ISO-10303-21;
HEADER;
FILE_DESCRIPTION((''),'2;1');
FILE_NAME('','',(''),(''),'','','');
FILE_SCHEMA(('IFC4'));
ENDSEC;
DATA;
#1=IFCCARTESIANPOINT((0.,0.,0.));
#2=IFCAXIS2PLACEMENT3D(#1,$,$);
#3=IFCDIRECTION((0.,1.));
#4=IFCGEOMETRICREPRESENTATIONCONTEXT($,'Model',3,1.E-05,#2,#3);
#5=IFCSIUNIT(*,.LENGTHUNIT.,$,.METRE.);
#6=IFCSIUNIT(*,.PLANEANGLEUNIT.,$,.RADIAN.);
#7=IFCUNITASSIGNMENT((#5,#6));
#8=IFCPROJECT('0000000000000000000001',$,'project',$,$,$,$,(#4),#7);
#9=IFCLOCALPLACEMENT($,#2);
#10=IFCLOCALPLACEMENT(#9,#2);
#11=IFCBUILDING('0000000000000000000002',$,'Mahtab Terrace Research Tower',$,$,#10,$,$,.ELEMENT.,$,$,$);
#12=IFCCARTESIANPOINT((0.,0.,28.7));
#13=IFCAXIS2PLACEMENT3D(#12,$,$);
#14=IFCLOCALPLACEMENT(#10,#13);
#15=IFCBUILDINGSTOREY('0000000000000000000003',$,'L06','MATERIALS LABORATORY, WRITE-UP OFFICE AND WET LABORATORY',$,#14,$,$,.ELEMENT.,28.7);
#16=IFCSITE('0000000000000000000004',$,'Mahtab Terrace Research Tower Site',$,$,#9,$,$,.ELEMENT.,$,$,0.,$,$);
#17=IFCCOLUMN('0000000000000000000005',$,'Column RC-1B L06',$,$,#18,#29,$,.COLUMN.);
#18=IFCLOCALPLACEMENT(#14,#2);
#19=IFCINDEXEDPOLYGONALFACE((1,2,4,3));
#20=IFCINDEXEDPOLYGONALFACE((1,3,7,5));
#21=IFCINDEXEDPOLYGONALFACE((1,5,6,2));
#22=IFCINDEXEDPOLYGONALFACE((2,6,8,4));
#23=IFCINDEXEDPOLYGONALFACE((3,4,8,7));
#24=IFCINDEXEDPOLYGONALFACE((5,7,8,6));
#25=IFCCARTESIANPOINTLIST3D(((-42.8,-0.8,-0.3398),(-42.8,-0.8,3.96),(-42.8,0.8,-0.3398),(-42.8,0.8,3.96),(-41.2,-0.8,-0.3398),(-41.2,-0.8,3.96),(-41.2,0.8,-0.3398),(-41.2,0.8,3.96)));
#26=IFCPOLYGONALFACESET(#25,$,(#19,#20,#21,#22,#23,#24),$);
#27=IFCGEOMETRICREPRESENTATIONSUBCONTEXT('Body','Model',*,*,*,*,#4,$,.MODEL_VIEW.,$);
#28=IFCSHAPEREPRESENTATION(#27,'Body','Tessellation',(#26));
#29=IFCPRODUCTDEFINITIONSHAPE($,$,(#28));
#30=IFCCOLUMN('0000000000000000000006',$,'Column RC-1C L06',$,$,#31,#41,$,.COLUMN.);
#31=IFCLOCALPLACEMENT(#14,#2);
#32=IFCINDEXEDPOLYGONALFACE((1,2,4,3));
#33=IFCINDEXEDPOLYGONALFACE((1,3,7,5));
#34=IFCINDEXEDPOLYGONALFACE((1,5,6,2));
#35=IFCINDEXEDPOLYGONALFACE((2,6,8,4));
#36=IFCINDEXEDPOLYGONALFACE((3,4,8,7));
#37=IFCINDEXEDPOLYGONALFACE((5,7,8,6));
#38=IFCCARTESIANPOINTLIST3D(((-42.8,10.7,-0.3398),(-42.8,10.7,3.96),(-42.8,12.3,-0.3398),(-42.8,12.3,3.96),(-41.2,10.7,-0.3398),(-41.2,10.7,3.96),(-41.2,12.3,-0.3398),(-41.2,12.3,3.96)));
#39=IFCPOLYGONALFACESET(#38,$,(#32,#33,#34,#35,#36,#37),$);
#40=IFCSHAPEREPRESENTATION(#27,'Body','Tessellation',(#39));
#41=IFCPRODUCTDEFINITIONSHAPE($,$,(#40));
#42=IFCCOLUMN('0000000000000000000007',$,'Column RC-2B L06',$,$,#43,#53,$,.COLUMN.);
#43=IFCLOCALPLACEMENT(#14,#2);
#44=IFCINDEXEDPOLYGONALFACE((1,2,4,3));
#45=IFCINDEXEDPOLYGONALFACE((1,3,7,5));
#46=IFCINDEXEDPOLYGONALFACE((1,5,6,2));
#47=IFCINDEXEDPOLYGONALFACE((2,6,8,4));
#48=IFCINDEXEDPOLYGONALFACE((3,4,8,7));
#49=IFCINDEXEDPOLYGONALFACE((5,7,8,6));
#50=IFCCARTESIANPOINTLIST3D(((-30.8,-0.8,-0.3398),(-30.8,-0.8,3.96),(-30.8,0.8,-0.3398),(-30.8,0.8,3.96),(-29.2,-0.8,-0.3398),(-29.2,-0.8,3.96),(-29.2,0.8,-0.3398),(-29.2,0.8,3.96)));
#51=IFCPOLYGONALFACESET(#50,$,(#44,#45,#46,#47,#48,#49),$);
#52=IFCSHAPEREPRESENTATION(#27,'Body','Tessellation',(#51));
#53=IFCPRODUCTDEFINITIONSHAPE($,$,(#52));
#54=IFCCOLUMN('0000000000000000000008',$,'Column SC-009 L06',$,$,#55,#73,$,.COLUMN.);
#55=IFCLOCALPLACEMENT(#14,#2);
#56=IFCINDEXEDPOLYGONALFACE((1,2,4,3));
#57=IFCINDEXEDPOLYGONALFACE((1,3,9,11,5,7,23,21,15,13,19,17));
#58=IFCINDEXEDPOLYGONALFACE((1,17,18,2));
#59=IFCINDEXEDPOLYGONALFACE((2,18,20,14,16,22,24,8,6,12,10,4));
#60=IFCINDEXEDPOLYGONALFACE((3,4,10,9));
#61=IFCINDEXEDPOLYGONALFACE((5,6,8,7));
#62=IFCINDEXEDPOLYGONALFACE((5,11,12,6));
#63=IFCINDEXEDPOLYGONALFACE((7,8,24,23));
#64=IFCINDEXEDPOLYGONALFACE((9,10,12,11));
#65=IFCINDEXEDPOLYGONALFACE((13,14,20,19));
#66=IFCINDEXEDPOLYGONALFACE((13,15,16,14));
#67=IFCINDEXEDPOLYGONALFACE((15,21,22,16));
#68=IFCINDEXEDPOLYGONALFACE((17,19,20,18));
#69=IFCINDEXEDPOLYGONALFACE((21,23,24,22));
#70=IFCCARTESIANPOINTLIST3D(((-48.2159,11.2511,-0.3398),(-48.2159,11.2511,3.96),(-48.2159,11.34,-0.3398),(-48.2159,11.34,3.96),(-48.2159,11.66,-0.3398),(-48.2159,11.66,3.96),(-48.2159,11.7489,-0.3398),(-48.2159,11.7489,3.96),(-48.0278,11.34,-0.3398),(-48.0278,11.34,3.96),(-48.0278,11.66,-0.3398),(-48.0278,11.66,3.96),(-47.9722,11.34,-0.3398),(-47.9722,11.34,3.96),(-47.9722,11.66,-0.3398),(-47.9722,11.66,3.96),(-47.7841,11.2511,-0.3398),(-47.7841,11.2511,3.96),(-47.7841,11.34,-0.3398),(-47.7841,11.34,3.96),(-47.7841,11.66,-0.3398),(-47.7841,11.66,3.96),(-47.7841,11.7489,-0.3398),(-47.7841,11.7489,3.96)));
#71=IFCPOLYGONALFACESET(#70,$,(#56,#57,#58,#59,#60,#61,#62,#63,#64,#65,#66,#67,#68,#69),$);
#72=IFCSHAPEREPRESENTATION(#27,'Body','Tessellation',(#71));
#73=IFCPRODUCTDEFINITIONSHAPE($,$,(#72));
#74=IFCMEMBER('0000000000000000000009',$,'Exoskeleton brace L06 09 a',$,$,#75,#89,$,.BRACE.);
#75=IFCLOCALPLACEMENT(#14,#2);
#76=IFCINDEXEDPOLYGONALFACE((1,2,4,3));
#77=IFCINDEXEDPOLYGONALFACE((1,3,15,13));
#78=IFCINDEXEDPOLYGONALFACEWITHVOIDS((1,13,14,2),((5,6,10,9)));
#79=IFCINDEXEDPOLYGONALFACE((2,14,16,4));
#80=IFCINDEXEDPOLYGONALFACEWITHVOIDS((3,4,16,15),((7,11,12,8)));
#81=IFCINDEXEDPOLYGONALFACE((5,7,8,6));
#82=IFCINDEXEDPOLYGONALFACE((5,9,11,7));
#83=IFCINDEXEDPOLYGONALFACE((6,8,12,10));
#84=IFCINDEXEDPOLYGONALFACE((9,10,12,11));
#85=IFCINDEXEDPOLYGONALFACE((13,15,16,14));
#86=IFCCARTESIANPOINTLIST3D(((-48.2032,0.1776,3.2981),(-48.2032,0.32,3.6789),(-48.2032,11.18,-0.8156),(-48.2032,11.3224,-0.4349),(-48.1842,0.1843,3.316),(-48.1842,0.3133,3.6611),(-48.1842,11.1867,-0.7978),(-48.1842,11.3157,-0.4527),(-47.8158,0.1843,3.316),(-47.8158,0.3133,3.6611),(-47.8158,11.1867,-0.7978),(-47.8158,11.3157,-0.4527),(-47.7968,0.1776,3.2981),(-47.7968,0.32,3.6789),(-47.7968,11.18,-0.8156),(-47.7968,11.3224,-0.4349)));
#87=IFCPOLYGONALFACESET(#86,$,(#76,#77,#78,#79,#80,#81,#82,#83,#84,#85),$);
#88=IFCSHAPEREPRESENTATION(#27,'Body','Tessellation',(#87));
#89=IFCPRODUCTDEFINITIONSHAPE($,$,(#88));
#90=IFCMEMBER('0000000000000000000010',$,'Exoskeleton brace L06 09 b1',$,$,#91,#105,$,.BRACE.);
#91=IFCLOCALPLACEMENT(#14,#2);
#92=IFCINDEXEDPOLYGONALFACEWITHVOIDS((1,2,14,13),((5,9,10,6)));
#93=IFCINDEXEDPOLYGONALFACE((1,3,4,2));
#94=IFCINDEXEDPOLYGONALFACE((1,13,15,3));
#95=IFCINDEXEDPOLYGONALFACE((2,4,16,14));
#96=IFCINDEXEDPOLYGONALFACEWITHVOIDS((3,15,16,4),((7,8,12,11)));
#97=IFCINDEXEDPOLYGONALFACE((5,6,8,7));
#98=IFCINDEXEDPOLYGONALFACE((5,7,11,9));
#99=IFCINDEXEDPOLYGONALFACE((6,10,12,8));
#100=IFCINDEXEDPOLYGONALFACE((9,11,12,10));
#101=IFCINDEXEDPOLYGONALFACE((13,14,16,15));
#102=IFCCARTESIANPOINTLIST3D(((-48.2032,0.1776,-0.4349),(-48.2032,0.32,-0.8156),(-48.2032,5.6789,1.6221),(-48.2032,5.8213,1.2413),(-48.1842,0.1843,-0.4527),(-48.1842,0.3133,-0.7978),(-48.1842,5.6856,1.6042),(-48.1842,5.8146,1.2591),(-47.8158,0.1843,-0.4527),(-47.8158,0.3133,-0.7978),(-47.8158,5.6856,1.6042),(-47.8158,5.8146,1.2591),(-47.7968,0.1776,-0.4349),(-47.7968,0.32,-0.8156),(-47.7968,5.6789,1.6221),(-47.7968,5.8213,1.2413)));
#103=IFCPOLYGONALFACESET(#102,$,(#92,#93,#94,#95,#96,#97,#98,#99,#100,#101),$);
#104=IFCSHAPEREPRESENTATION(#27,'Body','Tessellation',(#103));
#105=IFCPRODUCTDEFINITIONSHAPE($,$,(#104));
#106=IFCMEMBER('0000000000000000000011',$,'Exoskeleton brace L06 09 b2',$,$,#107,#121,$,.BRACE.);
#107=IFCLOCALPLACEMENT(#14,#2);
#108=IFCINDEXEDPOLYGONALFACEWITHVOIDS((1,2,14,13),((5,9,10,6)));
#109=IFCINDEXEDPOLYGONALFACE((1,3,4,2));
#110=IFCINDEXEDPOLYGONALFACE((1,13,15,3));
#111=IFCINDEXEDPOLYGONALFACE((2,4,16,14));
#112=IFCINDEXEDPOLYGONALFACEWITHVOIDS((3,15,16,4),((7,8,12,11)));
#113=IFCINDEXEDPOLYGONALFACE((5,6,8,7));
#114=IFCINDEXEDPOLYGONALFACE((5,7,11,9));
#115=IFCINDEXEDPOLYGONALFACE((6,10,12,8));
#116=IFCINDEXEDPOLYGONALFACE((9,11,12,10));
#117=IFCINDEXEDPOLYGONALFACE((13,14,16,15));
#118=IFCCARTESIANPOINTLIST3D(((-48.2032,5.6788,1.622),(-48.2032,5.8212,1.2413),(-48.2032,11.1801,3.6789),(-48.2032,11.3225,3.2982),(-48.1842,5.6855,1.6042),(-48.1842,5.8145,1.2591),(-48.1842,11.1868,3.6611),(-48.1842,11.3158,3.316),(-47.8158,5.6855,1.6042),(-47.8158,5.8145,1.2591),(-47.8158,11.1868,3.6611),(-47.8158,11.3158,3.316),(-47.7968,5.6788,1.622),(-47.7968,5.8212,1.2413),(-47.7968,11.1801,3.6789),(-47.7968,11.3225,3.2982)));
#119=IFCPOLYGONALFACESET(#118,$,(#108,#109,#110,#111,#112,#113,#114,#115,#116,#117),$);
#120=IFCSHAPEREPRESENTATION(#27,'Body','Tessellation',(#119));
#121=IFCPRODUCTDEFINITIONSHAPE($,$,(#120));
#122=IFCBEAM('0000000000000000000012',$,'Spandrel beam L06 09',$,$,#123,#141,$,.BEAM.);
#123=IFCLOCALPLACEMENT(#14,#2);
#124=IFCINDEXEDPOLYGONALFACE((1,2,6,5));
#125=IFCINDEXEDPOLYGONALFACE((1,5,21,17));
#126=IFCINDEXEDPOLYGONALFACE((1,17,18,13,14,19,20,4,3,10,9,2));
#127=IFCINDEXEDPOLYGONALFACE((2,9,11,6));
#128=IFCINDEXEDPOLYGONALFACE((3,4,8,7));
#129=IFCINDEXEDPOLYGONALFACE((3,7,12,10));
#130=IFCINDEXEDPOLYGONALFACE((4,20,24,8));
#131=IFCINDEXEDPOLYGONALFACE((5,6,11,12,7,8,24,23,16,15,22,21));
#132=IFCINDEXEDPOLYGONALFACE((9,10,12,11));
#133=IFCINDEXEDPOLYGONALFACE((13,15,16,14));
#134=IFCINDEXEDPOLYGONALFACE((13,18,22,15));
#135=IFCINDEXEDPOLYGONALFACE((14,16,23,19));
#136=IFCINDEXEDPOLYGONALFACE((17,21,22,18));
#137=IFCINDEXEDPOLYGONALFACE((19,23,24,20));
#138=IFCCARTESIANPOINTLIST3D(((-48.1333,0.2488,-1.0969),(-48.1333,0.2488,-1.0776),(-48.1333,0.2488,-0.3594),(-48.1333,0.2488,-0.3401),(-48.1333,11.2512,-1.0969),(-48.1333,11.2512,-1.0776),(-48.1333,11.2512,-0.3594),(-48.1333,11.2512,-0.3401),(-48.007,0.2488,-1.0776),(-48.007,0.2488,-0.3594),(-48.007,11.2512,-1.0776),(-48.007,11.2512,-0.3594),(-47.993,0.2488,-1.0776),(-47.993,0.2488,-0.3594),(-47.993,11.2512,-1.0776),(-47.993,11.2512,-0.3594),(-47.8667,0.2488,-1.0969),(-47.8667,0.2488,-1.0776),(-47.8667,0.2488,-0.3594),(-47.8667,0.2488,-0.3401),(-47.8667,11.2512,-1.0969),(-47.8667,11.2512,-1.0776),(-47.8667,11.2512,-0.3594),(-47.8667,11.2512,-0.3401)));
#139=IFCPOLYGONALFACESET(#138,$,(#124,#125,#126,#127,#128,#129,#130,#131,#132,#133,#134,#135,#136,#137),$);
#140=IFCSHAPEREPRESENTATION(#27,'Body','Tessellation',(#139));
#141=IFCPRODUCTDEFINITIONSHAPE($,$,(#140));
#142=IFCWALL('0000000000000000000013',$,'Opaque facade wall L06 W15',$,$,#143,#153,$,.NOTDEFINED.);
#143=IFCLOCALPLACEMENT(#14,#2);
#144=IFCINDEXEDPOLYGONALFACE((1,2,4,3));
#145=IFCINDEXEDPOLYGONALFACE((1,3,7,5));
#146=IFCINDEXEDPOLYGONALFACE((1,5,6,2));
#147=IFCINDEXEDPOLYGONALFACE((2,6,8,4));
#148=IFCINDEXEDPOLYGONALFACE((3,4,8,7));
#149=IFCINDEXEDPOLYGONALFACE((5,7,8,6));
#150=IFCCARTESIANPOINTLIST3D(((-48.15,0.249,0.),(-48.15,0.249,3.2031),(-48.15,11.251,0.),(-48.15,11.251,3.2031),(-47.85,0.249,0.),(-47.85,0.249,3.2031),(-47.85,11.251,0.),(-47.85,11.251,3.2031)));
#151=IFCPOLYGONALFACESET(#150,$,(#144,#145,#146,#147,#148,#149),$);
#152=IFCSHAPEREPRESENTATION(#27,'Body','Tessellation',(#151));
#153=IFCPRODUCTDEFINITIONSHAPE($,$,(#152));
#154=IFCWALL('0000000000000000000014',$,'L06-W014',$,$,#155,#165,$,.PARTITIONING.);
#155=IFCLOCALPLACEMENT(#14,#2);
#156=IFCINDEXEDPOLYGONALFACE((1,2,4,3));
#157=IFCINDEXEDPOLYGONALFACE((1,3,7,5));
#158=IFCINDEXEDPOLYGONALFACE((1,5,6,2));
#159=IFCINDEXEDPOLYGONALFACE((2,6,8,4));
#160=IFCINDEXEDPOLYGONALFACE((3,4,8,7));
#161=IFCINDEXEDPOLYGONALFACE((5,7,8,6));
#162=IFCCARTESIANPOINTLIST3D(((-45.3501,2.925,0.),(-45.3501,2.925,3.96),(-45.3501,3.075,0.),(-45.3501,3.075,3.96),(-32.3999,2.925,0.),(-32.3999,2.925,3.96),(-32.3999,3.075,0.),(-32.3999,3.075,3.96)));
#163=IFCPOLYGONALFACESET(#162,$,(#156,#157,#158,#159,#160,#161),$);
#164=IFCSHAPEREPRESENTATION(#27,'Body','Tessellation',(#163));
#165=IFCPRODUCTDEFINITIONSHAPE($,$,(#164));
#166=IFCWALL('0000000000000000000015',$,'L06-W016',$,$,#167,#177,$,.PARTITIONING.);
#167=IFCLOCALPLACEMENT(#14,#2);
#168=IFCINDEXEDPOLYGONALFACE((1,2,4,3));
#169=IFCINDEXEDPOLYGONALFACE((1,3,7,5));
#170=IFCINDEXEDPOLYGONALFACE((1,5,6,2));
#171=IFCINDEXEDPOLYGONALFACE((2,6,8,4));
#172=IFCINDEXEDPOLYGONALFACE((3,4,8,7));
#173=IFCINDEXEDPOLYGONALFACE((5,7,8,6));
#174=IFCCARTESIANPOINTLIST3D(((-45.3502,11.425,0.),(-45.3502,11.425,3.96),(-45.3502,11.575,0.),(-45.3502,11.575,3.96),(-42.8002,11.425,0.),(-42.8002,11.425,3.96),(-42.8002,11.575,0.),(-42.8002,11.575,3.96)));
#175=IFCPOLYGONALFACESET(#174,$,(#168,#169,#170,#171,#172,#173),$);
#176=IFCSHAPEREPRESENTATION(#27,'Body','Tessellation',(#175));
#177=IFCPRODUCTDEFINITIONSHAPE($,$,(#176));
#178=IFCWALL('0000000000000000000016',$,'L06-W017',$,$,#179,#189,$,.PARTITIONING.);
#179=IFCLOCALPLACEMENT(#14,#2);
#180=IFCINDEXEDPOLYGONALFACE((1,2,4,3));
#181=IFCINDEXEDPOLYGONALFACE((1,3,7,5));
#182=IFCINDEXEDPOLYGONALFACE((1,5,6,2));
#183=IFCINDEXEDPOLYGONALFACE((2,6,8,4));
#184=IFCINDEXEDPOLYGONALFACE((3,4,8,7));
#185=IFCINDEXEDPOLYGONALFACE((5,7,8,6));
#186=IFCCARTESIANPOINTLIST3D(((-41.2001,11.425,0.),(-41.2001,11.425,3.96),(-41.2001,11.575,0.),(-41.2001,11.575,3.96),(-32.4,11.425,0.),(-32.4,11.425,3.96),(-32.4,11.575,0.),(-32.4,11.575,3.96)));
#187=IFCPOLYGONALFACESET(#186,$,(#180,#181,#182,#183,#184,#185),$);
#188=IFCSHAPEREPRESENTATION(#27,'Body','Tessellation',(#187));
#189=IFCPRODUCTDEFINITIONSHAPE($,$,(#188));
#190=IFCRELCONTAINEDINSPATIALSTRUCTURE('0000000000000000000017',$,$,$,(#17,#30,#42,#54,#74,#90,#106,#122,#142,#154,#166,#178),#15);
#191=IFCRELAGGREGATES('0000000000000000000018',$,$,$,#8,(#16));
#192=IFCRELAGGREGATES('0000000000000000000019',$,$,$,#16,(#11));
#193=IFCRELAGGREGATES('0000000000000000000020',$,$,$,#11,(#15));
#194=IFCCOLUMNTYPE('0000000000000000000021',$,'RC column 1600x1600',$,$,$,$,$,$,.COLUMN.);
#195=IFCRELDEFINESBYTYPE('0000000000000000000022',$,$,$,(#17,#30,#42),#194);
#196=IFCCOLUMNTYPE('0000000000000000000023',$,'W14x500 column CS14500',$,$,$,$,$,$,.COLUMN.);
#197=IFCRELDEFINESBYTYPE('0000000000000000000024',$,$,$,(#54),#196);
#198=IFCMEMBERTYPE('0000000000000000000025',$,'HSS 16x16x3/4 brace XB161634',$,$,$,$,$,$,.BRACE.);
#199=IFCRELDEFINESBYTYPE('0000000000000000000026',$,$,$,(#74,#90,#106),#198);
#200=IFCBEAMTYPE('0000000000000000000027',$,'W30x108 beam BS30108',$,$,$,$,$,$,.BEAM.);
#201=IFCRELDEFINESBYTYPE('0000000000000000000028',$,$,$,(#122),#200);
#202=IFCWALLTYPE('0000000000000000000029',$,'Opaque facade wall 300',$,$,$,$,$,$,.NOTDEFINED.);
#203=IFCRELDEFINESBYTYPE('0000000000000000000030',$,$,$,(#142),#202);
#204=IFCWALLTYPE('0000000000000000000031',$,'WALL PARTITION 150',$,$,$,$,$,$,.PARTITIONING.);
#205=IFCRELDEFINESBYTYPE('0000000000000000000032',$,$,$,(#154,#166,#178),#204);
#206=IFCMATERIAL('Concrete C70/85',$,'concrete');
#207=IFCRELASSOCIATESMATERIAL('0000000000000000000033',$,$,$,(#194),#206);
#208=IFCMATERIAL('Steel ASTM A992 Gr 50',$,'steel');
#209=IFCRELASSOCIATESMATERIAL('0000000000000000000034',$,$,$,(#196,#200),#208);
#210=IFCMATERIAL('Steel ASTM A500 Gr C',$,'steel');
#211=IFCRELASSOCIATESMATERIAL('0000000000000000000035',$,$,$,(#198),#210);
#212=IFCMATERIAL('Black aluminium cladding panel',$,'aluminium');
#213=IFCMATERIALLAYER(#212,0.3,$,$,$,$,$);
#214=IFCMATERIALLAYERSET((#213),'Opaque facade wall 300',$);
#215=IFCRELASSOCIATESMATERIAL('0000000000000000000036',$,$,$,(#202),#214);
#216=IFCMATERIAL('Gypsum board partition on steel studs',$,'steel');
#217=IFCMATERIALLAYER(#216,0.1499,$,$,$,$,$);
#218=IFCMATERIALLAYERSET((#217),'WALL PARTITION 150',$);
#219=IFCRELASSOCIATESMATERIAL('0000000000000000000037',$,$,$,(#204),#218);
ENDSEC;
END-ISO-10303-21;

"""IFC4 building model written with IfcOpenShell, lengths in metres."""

from ifc_helpers import new_model, si_unit, direction, frame, frame_2d, origin, origin_2d, place, context, subcontext, project, spatial, rectangle, hollow_rectangle, i_section, extrude, material, layer, layer_set, material_profile, profile_set, type_object, element, save


model = new_model("IFC4")

# Units and contexts
model_context = context("Model", 3, precision=1e-05, world=origin(), true_north=direction((0.0, 1.0)))
body_context = subcontext(model_context, "Body", "Model", "MODEL_VIEW")
ifc_project = project(units=[si_unit("LENGTHUNIT", "METRE"), si_unit("PLANEANGLEUNIT", "RADIAN")], contexts=[model_context])

# Site, building, storey
site_placement = place(None, origin())
site = spatial("IfcSite", under=ifc_project, at=site_placement, Name="Mahtab Terrace Research Tower Site", CompositionType="ELEMENT", RefElevation=0.0)
building_placement = place(site_placement, origin())
building = spatial("IfcBuilding", under=site, at=building_placement, Name="Mahtab Terrace Research Tower", CompositionType="ELEMENT")
storey_placement = place(building_placement, frame((0.0, 0.0, 28.7)))
storey = spatial("IfcBuildingStorey", under=building, at=storey_placement, Name="L06", Description="MATERIALS LABORATORY, WRITE-UP OFFICE AND WET LABORATORY", CompositionType="ELEMENT", Elevation=28.7)

# Columns
ifc_material_1 = material(Name="Concrete C70/85", Category="concrete")
ifc_material_profile_1 = material_profile(ifc_material_1, rectangle(XDim=1.6001, YDim=1.6001, at=origin_2d()), Name="RC column 1600x1600")
ifc_profile_set_1 = profile_set([ifc_material_profile_1], Name="Concrete C70/85")
column_type_1 = type_object("IfcColumnType", Name="RC column 1600x1600", PredefinedType="COLUMN", material=ifc_profile_set_1)
for number, where, z_axis, x_axis, name in (
    (1, (-42.0, 0.0, -0.3398), (0.0, 0.0, 1.0), (1.0, 0.0, 0.0), "Column RC-1B L06"),
    (2, (-42.0, 11.5, -0.3398), (0.0, 0.0, 1.0), (1.0, 0.0, 0.0), "Column RC-1C L06"),
    (3, (-30.0, 0.0, -0.3398), (0.0, 0.0, 1.0), (1.0, 0.0, 0.0), "Column RC-2B L06"),
):
    element("IfcColumn", number, at=place(storey_placement, frame(where, z_axis=z_axis, x_axis=x_axis)), inside=storey, type_object=column_type_1, Name=name, PredefinedType="COLUMN", context=body_context, shape_type="SweptSolid", body=[
        extrude(rectangle(XDim=1.6001, YDim=1.6001, at=origin_2d()), origin(), (0.0, 0.0, 1.0), 4.2998),
    ])
ifc_material_2 = material(Name="Steel ASTM A992 Gr 50", Category="steel")
ifc_material_profile_2 = material_profile(ifc_material_2, i_section(OverallWidth=0.4319, OverallDepth=0.4978, WebThickness=0.0557, FlangeThickness=0.0889, at=origin_2d()), Name="W14X500")
ifc_profile_set_2 = profile_set([ifc_material_profile_2], Name="Steel ASTM A992 Gr 50")
column_type_2 = type_object("IfcColumnType", Name="W14x500 column CS14500", PredefinedType="COLUMN", material=ifc_profile_set_2)
column_placement = place(storey_placement, frame((-48.0, 11.5, -0.3398), z_axis=(0.0, 0.0, 1.0), x_axis=(1.0, 0.0, 0.0)))
element("IfcColumn", 4, at=column_placement, inside=storey, type_object=column_type_2, Name="Column SC-009 L06", PredefinedType="COLUMN", context=body_context, shape_type="SweptSolid", body=[
    extrude(i_section(OverallWidth=0.4319, OverallDepth=0.4978, WebThickness=0.0557, FlangeThickness=0.0889, at=origin_2d()), origin(), (0.0, 0.0, 1.0), 4.2998),
])

# Members
ifc_material_3 = material(Name="Steel ASTM A500 Gr C", Category="steel")
ifc_material_profile_3 = material_profile(ifc_material_3, hollow_rectangle(XDim=0.4065, YDim=0.4065, WallThickness=0.019, at=origin_2d()), Name="HSS16X16X3/4")
ifc_profile_set_3 = profile_set([ifc_material_profile_3], Name="Steel ASTM A500 Gr C")
member_type = type_object("IfcMemberType", Name="HSS 16x16x3/4 brace XB161634", PredefinedType="BRACE", material=ifc_profile_set_3)
member_placement = place(storey_placement, frame((-48.0, 11.2512, -0.6252), z_axis=(0.0, -0.936669, 0.350217), x_axis=(1.0, 0.0, 0.0)))
element("IfcMember", 5, at=member_placement, inside=storey, type_object=member_type, Name="Exoskeleton brace L06 09 a", PredefinedType="BRACE", context=body_context, shape_type="SweptSolid", body=[
    extrude(hollow_rectangle(XDim=0.4065, YDim=0.4065, WallThickness=0.019, at=origin_2d()), origin(), (0.0, 0.0, 1.0), 11.7463),
])
for number, where, z_axis, x_axis, name in (
    (6, (-48.0, 0.2488, -0.6252), (0.0, 0.936669, 0.350217), (-1.0, 0.0, 0.0), "Exoskeleton brace L06 09 b1"),
    (7, (-48.0, 5.75, 1.4316), (0.0, 0.936669, 0.350217), (-1.0, 0.0, 0.0), "Exoskeleton brace L06 09 b2"),
):
    element("IfcMember", number, at=place(storey_placement, frame(where, z_axis=z_axis, x_axis=x_axis)), inside=storey, type_object=member_type, Name=name, PredefinedType="BRACE", context=body_context, shape_type="SweptSolid", body=[
        extrude(hollow_rectangle(XDim=0.4065, YDim=0.4065, WallThickness=0.019, at=origin_2d()), origin(), (0.0, 0.0, 1.0), 5.8733),
    ])

# Beam
ifc_material_profile_4 = material_profile(ifc_material_2, i_section(OverallWidth=0.2666, OverallDepth=0.7568, WebThickness=0.0139, FlangeThickness=0.0193, at=origin_2d()), Name="W30X108")
ifc_profile_set_4 = profile_set([ifc_material_profile_4], Name="Steel ASTM A992 Gr 50")
beam_type = type_object("IfcBeamType", Name="W30x108 beam BS30108", PredefinedType="BEAM", material=ifc_profile_set_4)
beam_placement = place(storey_placement, frame((-48.0, 11.2512, -0.7185), z_axis=(0.0, -1.0, 0.0), x_axis=(1.0, 0.0, 0.0)))
element("IfcBeam", 8, at=beam_placement, inside=storey, type_object=beam_type, Name="Spandrel beam L06 09", PredefinedType="BEAM", context=body_context, shape_type="SweptSolid", body=[
    extrude(i_section(OverallWidth=0.2666, OverallDepth=0.7568, WebThickness=0.0139, FlangeThickness=0.0193, at=origin_2d()), origin(), (0.0, 0.0, 1.0), 11.0024),
])

# Walls
ifc_material_4 = material(Name="Black aluminium cladding panel", Category="aluminium")
ifc_layer_1 = layer(ifc_material_4, 0.3)
ifc_layer_set_1 = layer_set([ifc_layer_1], Name="Opaque facade wall 300")
wall_type_1 = type_object("IfcWallType", Name="Opaque facade wall 300", PredefinedType="NOTDEFINED", material=ifc_layer_set_1)
wall_1_placement = place(storey_placement, frame((-48.0, 11.251, 0.0), z_axis=(0.0, 0.0, 1.0), x_axis=(0.0, -1.0, 0.0)))
element("IfcWall", 9, at=wall_1_placement, inside=storey, type_object=wall_type_1, Name="Opaque facade wall L06 W15", PredefinedType="NOTDEFINED", context=body_context, shape_type="SweptSolid", body=[
    extrude(rectangle(XDim=11.002, YDim=0.3, at=frame_2d((5.501, 0.0))), origin(), (0.0, 0.0, 1.0), 3.2031),
])
ifc_material_5 = material(Name="Gypsum board partition on steel studs", Category="steel")
ifc_layer_2 = layer(ifc_material_5, 0.1499)
ifc_layer_set_2 = layer_set([ifc_layer_2], Name="WALL PARTITION 150")
wall_type_2 = type_object("IfcWallType", Name="WALL PARTITION 150", PredefinedType="PARTITIONING", material=ifc_layer_set_2)
wall_2_placement = place(storey_placement, frame((-45.3501, 3.0, 0.0), z_axis=(0.0, 0.0, 1.0), x_axis=(1.0, 0.0, 0.0)))
element("IfcWall", 10, at=wall_2_placement, inside=storey, type_object=wall_type_2, Name="L06-W014", PredefinedType="PARTITIONING", context=body_context, shape_type="SweptSolid", body=[
    extrude(rectangle(XDim=12.9502, YDim=0.1499, at=frame_2d((6.4751, 0.0))), origin(), (0.0, 0.0, 1.0), 3.96),
])
wall_3_placement = place(storey_placement, frame((-45.3501, 11.5, 0.0), z_axis=(0.0, 0.0, 1.0), x_axis=(1.0, 0.0, 0.0)))
element("IfcWall", 11, at=wall_3_placement, inside=storey, type_object=wall_type_2, Name="L06-W016", PredefinedType="PARTITIONING", context=body_context, shape_type="SweptSolid", body=[
    extrude(rectangle(XDim=2.55, YDim=0.1499, at=frame_2d((1.2749, 0.0))), origin(), (0.0, 0.0, 1.0), 3.96),
])
wall_4_placement = place(storey_placement, frame((-41.2, 11.5, 0.0), z_axis=(0.0, 0.0, 1.0), x_axis=(1.0, 0.0, 0.0)))
element("IfcWall", 12, at=wall_4_placement, inside=storey, type_object=wall_type_2, Name="L06-W017", PredefinedType="PARTITIONING", context=body_context, shape_type="SweptSolid", body=[
    extrude(rectangle(XDim=8.8, YDim=0.1499, at=frame_2d((4.3999, 0.0))), origin(), (0.0, 0.0, 1.0), 3.96),
])

save(model, "model.ifc")
